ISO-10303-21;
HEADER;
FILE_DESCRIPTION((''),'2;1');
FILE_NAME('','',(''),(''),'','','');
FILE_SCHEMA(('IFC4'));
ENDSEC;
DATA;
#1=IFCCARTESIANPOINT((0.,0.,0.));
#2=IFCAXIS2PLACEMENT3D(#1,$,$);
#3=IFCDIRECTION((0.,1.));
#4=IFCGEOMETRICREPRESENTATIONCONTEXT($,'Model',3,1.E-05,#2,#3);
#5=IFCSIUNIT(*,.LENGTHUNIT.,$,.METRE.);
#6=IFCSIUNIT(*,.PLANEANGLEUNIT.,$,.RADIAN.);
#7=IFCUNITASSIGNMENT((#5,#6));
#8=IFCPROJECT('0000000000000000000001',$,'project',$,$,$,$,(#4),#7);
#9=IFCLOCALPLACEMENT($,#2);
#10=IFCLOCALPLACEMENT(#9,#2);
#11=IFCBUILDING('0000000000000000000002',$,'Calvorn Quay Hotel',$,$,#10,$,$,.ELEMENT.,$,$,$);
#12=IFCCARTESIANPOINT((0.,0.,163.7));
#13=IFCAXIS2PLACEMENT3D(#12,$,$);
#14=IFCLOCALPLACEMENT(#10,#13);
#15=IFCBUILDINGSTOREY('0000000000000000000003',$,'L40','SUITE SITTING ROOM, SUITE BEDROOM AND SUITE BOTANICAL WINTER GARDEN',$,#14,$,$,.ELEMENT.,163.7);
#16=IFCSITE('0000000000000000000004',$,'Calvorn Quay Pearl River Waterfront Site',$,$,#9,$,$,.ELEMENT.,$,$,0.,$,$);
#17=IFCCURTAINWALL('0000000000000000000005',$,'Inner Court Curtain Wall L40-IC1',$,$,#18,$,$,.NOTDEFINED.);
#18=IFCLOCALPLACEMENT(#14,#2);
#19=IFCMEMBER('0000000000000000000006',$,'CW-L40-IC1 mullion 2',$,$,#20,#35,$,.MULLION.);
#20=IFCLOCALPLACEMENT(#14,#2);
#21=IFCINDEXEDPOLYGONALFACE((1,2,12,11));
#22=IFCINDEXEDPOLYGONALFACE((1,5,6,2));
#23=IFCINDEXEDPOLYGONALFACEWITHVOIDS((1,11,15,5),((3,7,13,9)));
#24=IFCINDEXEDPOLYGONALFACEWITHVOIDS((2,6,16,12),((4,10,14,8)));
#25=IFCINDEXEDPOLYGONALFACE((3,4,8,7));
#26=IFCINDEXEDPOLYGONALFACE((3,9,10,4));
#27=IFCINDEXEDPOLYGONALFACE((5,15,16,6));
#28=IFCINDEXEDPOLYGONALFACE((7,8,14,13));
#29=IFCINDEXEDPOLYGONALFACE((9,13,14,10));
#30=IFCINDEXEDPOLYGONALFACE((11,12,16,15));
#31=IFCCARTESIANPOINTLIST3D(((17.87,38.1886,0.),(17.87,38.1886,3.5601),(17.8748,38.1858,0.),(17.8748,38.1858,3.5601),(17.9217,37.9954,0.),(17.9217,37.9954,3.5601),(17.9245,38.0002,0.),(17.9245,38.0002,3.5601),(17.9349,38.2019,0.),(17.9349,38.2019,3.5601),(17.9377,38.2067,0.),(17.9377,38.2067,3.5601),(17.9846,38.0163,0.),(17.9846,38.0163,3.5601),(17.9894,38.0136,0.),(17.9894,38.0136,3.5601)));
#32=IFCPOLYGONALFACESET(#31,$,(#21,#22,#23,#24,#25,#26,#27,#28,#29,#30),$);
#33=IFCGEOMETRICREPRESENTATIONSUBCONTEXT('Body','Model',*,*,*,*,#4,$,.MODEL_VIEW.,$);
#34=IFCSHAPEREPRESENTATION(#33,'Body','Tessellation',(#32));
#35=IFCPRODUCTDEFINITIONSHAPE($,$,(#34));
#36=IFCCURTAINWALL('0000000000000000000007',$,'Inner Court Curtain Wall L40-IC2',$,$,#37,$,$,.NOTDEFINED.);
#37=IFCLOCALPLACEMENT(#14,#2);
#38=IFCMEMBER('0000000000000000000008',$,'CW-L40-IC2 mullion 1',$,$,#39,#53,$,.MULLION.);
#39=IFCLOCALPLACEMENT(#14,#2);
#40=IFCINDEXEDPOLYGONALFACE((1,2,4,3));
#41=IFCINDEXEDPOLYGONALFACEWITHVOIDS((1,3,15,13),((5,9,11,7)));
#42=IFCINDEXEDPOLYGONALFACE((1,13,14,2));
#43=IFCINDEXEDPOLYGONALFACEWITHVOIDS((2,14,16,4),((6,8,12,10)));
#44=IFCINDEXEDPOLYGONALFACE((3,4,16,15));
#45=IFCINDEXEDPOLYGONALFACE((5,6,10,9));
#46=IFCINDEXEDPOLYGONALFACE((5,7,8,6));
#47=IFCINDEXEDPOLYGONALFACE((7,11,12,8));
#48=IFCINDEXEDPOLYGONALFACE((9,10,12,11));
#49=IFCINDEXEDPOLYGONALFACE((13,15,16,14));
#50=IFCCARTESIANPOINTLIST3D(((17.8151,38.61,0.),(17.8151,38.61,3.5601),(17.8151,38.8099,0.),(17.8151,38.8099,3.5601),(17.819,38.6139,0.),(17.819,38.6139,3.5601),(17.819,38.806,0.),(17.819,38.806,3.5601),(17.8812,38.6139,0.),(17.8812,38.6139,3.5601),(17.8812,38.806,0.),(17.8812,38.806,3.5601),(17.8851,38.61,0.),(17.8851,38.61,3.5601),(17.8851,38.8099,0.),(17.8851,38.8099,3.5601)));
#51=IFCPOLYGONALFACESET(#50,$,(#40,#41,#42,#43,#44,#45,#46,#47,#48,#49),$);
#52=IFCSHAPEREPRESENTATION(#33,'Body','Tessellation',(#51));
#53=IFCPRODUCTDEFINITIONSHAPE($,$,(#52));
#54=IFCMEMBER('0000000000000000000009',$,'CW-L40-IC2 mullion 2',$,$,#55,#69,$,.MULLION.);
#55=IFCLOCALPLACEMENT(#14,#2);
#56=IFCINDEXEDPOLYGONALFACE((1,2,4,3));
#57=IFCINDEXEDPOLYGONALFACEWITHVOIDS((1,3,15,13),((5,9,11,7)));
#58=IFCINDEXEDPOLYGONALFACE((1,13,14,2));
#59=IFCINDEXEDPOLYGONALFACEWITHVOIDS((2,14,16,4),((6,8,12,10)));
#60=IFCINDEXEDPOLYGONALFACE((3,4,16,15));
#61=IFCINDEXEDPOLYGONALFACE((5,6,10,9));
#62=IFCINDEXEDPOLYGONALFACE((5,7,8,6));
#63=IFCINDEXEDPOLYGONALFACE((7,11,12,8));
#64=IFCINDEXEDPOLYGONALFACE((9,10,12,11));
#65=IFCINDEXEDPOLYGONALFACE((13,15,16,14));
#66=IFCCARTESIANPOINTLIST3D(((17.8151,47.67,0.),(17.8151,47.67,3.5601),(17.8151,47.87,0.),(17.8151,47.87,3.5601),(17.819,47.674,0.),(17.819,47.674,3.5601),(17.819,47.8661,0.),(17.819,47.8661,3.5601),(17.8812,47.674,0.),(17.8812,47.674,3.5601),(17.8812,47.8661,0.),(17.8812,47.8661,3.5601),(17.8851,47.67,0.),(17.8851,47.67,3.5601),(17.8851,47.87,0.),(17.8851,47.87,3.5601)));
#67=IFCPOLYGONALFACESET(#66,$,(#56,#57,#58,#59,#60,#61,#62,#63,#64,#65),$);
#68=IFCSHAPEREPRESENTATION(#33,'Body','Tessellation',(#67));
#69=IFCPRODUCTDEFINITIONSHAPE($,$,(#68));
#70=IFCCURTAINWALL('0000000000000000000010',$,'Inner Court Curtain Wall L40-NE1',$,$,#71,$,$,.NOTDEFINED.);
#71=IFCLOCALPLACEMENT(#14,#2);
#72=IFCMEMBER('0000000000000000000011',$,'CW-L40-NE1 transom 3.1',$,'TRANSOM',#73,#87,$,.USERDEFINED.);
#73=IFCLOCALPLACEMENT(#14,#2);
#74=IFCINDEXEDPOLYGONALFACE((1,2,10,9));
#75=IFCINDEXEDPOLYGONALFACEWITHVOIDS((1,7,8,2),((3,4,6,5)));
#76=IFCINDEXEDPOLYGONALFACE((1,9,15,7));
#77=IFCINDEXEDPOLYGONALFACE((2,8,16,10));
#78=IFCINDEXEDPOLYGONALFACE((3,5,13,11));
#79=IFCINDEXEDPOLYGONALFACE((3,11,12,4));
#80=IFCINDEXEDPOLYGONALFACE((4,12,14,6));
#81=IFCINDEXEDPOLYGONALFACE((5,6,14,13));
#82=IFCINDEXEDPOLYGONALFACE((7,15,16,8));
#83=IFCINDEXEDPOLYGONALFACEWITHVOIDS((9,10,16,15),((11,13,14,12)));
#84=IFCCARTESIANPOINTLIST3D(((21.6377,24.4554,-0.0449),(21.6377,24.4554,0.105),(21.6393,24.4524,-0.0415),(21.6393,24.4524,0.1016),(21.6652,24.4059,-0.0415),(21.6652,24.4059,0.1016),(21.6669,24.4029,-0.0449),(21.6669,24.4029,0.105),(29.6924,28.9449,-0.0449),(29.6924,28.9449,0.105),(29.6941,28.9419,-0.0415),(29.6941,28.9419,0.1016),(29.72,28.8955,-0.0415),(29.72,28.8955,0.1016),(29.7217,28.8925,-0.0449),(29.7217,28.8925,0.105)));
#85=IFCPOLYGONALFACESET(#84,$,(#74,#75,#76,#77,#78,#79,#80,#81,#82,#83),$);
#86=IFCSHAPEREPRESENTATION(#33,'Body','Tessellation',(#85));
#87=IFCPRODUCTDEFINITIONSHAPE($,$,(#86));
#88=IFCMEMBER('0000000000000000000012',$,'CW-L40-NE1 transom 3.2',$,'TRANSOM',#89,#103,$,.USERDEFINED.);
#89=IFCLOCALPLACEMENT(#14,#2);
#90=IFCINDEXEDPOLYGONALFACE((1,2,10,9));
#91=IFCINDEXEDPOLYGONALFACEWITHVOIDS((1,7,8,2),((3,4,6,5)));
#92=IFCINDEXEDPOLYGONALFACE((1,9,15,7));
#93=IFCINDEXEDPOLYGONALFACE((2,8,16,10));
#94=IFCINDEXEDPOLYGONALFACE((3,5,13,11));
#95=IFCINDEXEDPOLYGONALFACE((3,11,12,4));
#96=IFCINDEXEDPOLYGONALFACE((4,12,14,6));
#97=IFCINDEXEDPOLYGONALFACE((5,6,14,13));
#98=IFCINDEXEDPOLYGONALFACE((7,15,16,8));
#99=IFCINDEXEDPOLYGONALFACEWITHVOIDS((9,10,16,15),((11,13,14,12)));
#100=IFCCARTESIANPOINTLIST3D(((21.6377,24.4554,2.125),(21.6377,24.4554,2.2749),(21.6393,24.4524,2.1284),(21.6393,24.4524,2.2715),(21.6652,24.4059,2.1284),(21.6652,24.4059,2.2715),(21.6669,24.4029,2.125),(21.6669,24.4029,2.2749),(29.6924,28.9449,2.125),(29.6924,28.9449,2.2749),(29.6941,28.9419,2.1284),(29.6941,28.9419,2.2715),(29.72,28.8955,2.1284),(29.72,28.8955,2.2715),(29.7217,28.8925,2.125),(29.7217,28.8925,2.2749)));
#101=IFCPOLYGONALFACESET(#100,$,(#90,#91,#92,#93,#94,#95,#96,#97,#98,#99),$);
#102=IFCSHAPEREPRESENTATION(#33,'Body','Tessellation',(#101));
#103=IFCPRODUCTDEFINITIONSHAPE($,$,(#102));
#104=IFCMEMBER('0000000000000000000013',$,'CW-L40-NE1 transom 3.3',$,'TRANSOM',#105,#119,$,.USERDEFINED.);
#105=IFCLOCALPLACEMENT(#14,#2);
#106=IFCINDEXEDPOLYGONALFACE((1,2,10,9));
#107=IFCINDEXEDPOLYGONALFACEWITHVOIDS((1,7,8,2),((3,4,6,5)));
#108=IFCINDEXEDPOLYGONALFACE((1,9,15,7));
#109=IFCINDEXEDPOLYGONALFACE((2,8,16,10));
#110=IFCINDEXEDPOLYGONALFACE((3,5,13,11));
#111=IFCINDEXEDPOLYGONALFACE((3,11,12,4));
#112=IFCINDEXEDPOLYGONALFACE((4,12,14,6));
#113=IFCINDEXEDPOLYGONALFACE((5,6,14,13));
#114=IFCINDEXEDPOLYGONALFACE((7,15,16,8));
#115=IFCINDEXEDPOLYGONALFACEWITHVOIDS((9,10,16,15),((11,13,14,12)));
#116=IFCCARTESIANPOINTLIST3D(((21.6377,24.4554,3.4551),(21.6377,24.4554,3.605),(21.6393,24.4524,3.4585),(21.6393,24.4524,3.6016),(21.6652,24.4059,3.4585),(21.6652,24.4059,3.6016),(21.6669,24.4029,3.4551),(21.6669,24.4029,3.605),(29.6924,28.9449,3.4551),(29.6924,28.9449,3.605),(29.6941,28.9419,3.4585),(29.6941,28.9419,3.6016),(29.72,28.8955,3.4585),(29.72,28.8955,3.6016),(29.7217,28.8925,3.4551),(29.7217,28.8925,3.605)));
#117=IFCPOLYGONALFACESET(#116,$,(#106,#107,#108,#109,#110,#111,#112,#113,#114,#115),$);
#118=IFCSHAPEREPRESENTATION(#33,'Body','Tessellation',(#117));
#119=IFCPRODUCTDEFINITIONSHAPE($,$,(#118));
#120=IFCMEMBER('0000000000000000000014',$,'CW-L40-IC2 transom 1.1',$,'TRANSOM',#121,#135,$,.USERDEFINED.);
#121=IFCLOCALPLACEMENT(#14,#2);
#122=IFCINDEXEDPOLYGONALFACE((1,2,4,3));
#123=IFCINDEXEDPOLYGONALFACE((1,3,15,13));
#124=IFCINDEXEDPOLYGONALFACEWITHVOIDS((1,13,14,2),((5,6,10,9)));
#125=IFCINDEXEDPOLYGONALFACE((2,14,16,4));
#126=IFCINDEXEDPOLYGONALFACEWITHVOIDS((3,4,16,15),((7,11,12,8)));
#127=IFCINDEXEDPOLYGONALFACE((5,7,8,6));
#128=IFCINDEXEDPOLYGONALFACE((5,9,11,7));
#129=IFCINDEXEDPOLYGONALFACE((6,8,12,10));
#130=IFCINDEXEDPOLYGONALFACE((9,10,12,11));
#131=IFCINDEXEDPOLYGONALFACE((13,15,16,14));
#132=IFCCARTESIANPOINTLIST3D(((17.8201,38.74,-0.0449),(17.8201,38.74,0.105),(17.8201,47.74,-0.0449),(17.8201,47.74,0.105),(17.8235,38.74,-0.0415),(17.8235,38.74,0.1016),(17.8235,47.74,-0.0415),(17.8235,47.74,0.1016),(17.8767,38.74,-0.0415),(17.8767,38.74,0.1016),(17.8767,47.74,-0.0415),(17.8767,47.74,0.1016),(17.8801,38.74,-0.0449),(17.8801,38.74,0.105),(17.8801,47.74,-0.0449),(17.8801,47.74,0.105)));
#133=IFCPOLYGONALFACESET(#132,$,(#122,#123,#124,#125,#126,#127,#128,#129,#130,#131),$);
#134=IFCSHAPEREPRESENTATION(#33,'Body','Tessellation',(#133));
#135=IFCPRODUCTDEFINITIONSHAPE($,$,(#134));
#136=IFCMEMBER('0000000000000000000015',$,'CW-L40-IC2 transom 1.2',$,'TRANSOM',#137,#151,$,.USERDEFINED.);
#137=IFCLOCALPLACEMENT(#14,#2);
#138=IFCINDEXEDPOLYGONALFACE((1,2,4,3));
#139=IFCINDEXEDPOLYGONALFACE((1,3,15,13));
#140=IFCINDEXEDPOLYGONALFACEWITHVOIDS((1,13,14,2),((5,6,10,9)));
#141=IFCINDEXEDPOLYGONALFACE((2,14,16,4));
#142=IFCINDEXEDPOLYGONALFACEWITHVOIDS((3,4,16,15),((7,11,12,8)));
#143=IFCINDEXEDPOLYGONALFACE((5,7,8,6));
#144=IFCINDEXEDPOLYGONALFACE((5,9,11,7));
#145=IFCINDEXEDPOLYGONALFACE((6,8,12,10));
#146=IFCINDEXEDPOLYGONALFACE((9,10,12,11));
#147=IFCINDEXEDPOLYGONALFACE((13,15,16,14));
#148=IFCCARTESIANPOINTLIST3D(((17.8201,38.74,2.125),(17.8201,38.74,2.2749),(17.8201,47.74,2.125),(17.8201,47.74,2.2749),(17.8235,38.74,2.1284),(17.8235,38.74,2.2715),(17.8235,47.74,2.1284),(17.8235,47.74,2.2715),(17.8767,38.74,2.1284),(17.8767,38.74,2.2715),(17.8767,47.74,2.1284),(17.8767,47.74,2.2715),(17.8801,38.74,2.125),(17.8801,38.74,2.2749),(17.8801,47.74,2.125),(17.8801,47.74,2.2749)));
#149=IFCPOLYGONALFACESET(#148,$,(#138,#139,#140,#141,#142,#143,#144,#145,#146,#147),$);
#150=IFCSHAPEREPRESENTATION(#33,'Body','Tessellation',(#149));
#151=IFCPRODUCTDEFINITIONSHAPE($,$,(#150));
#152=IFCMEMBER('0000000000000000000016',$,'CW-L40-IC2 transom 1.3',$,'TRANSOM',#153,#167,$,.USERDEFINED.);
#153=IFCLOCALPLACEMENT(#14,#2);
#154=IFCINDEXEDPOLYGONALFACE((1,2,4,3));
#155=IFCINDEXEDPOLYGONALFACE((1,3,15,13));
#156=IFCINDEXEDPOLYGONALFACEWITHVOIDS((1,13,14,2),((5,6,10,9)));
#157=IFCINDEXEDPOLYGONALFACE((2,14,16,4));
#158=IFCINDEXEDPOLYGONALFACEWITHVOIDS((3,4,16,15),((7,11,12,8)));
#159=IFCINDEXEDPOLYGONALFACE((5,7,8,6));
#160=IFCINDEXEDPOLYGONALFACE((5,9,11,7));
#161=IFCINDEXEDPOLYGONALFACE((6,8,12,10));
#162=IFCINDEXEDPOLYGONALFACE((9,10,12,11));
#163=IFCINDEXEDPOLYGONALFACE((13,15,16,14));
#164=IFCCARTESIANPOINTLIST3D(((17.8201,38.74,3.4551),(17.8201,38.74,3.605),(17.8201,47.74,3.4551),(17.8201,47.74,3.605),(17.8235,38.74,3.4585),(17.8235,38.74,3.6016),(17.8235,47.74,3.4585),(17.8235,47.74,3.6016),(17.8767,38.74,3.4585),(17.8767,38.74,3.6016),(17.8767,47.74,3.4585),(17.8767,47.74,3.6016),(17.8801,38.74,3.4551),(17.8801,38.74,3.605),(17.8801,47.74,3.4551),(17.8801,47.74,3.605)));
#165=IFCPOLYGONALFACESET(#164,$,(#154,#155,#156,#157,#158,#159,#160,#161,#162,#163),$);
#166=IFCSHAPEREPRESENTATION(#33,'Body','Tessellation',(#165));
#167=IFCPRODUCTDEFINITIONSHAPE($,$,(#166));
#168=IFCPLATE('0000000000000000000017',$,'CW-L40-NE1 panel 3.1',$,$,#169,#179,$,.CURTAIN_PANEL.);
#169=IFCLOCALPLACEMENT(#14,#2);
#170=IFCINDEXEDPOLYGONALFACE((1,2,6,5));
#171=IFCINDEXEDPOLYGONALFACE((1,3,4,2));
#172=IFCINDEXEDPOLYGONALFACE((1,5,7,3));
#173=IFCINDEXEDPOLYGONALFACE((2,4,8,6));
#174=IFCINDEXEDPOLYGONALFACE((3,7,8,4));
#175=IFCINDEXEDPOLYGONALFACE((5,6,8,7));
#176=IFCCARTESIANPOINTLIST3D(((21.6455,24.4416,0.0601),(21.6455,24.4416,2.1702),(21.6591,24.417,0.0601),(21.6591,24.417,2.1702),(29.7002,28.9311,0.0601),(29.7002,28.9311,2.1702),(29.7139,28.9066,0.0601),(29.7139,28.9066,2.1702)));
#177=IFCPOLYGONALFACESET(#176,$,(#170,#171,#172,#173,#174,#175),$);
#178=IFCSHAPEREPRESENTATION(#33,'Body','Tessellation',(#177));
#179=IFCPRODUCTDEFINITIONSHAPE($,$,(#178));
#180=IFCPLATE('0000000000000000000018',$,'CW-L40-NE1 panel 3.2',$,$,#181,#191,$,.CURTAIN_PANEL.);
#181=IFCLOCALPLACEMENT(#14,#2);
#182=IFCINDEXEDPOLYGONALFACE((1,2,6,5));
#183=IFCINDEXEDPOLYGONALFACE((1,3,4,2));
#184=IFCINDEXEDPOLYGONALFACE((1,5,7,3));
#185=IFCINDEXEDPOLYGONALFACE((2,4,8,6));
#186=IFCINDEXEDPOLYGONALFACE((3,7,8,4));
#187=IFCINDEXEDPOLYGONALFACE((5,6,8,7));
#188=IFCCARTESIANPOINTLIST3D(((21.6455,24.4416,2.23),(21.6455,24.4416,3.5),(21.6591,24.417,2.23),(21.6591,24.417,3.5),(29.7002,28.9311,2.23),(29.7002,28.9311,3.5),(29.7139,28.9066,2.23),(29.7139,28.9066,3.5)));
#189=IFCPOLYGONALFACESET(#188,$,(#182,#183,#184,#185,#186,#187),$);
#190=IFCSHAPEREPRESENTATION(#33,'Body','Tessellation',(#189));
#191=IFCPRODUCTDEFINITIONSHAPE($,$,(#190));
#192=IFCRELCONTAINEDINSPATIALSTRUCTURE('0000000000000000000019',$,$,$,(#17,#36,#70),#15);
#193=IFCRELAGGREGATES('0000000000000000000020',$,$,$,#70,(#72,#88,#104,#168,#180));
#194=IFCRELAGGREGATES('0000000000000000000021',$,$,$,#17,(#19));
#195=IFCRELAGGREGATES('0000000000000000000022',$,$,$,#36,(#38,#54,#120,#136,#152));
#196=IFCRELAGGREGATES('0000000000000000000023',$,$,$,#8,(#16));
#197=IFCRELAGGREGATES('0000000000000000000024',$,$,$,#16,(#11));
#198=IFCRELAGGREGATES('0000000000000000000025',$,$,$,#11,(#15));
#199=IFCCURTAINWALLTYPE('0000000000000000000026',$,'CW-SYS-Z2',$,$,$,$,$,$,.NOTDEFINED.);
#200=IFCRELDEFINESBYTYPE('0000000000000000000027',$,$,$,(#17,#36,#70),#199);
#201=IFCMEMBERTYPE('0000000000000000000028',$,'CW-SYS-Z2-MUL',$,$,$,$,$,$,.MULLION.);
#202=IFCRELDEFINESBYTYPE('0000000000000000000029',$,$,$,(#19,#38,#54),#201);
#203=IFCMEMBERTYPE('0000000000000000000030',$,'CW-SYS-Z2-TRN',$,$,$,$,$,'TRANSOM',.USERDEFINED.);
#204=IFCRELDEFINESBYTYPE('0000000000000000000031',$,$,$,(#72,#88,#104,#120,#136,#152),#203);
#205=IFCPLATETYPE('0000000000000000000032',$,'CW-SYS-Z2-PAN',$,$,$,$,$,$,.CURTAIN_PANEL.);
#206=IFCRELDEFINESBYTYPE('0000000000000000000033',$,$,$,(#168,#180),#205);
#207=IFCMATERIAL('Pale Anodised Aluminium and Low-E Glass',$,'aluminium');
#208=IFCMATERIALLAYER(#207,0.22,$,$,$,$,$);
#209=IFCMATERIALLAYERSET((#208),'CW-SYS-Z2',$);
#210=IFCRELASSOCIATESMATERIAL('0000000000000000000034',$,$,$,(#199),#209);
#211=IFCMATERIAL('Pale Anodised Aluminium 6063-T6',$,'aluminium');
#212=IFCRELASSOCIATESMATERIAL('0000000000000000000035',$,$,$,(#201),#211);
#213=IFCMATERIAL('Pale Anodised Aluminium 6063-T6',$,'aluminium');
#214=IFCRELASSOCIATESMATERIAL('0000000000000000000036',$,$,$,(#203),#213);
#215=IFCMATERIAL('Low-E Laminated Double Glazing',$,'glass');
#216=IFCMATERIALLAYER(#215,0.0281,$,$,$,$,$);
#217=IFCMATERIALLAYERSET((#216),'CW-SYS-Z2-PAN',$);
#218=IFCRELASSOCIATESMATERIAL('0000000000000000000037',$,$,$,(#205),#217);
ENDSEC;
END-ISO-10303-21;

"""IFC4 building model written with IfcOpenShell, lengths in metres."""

from ifc_helpers import new_model, si_unit, direction, frame, origin, origin_2d, place, context, subcontext, project, spatial, rectangle, hollow_rectangle, extrude, material, layer, layer_set, material_profile, profile_set, type_object, element, aggregate, save


model = new_model("IFC4")

# Units and contexts
model_context = context("Model", 3, precision=1e-05, world=origin(), true_north=direction((0.0, 1.0)))
body_context = subcontext(model_context, "Body", "Model", "MODEL_VIEW")
ifc_project = project(units=[si_unit("LENGTHUNIT", "METRE"), si_unit("PLANEANGLEUNIT", "RADIAN")], contexts=[model_context])

# Site, building, storey
site_placement = place(None, origin())
site = spatial("IfcSite", under=ifc_project, at=site_placement, Name="Calvorn Quay Pearl River Waterfront Site", CompositionType="ELEMENT", RefElevation=0.0)
building_placement = place(site_placement, origin())
building = spatial("IfcBuilding", under=site, at=building_placement, Name="Calvorn Quay Hotel", CompositionType="ELEMENT")
storey_placement = place(building_placement, frame((0.0, 0.0, 163.7)))
storey = spatial("IfcBuildingStorey", under=building, at=storey_placement, Name="L40", Description="SUITE SITTING ROOM, SUITE BEDROOM AND SUITE BOTANICAL WINTER GARDEN", CompositionType="ELEMENT", Elevation=163.7)

# Curtain wall, member
ifc_material_1 = material(Name="Pale Anodised Aluminium and Low-E Glass", Category="aluminium")
ifc_layer_1 = layer(ifc_material_1, 0.22)
ifc_layer_set_1 = layer_set([ifc_layer_1], Name="CW-SYS-Z2")
curtain_wall_type = type_object("IfcCurtainWallType", Name="CW-SYS-Z2", PredefinedType="NOTDEFINED", material=ifc_layer_set_1)
curtain_wall_1_placement = place(storey_placement, origin())
curtain_wall_1 = element("IfcCurtainWall", 1, at=curtain_wall_1_placement, inside=storey, type_object=curtain_wall_type, Name="Inner Court Curtain Wall L40-IC1", PredefinedType="NOTDEFINED")
ifc_material_2 = material(Name="Pale Anodised Aluminium 6063-T6", Category="aluminium")
ifc_material_profile_1 = material_profile(ifc_material_2, hollow_rectangle(XDim=0.0701, YDim=0.2, WallThickness=0.0039, at=origin_2d()), Name="ALU-M200x70x4")
ifc_profile_set_1 = profile_set([ifc_material_profile_1], Name="Pale Anodised Aluminium 6063-T6")
member_type_1 = type_object("IfcMemberType", Name="CW-SYS-Z2-MUL", PredefinedType="MULLION", material=ifc_profile_set_1)
member_1_placement = place(storey_placement, frame((17.9297, 38.1011, 0.0), z_axis=(0.0, 0.0, 1.0), x_axis=(-0.965937, -0.258779, 0.0)))
member_1 = element("IfcMember", 2, at=member_1_placement, type_object=member_type_1, Name="CW-L40-IC1 mullion 2", PredefinedType="MULLION", context=body_context, shape_type="SweptSolid", body=[
    extrude(hollow_rectangle(XDim=0.0701, YDim=0.2, WallThickness=0.0039, at=origin_2d()), origin(), (0.0, 0.0, 1.0), 3.5601),
])

# Curtain walls, members
curtain_wall_2_placement = place(storey_placement, origin())
curtain_wall_2 = element("IfcCurtainWall", 3, at=curtain_wall_2_placement, inside=storey, type_object=curtain_wall_type, Name="Inner Court Curtain Wall L40-IC2", PredefinedType="NOTDEFINED")
member_2_placement = place(storey_placement, frame((17.8501, 38.71, 0.0), z_axis=(0.0, 0.0, 1.0), x_axis=(-1.0, 0.0, 0.0)))
member_2 = element("IfcMember", 4, at=member_2_placement, type_object=member_type_1, Name="CW-L40-IC2 mullion 1", PredefinedType="MULLION", context=body_context, shape_type="SweptSolid", body=[
    extrude(hollow_rectangle(XDim=0.0701, YDim=0.2, WallThickness=0.0039, at=origin_2d()), origin(), (0.0, 0.0, 1.0), 3.5601),
])
member_3_placement = place(storey_placement, frame((17.8501, 47.77, 0.0), z_axis=(0.0, 0.0, 1.0), x_axis=(-1.0, 0.0, 0.0)))
member_3 = element("IfcMember", 5, at=member_3_placement, type_object=member_type_1, Name="CW-L40-IC2 mullion 2", PredefinedType="MULLION", context=body_context, shape_type="SweptSolid", body=[
    extrude(hollow_rectangle(XDim=0.0701, YDim=0.2, WallThickness=0.0039, at=origin_2d()), origin(), (0.0, 0.0, 1.0), 3.5601),
])
curtain_wall_3_placement = place(storey_placement, origin())
curtain_wall_3 = element("IfcCurtainWall", 6, at=curtain_wall_3_placement, inside=storey, type_object=curtain_wall_type, Name="Inner Court Curtain Wall L40-NE1", PredefinedType="NOTDEFINED")
ifc_material_3 = material(Name="Pale Anodised Aluminium 6063-T6", Category="aluminium")
ifc_material_profile_2 = material_profile(ifc_material_3, hollow_rectangle(XDim=0.0601, YDim=0.1499, WallThickness=0.0034, at=origin_2d()), Name="ALU-T150x60x3.5")
ifc_profile_set_2 = profile_set([ifc_material_profile_2], Name="Pale Anodised Aluminium 6063-T6")
member_type_2 = type_object("IfcMemberType", Name="CW-SYS-Z2-TRN", ElementType="TRANSOM", PredefinedType="USERDEFINED", material=ifc_profile_set_2)
member_4_placement = place(storey_placement, frame((29.707, 28.9187, 0.03), z_axis=(-0.873481, -0.486859, 0.0), x_axis=(0.486859, -0.873481, 0.0)))
member_4 = element("IfcMember", 7, at=member_4_placement, type_object=member_type_2, Name="CW-L40-NE1 transom 3.1", ObjectType="TRANSOM", PredefinedType="USERDEFINED", context=body_context, shape_type="SweptSolid", body=[
    extrude(hollow_rectangle(XDim=0.0601, YDim=0.1499, WallThickness=0.0034, at=origin_2d()), origin(), (0.0, 0.0, 1.0), 9.2214),
])
member_5_placement = place(storey_placement, frame((29.707, 28.9187, 2.2), z_axis=(-0.873481, -0.486859, 0.0), x_axis=(0.486859, -0.873481, 0.0)))
member_5 = element("IfcMember", 8, at=member_5_placement, type_object=member_type_2, Name="CW-L40-NE1 transom 3.2", ObjectType="TRANSOM", PredefinedType="USERDEFINED", context=body_context, shape_type="SweptSolid", body=[
    extrude(hollow_rectangle(XDim=0.0601, YDim=0.1499, WallThickness=0.0034, at=origin_2d()), origin(), (0.0, 0.0, 1.0), 9.2214),
])
member_6_placement = place(storey_placement, frame((29.707, 28.9187, 3.53), z_axis=(-0.873481, -0.486859, 0.0), x_axis=(0.486859, -0.873481, 0.0)))
member_6 = element("IfcMember", 9, at=member_6_placement, type_object=member_type_2, Name="CW-L40-NE1 transom 3.3", ObjectType="TRANSOM", PredefinedType="USERDEFINED", context=body_context, shape_type="SweptSolid", body=[
    extrude(hollow_rectangle(XDim=0.0601, YDim=0.1499, WallThickness=0.0034, at=origin_2d()), origin(), (0.0, 0.0, 1.0), 9.2214),
])

# Members
member_7_placement = place(storey_placement, frame((17.8501, 38.74, 0.03), z_axis=(0.0, 1.0, 0.0), x_axis=(-1.0, 0.0, 0.0)))
member_7 = element("IfcMember", 10, at=member_7_placement, type_object=member_type_2, Name="CW-L40-IC2 transom 1.1", ObjectType="TRANSOM", PredefinedType="USERDEFINED", context=body_context, shape_type="SweptSolid", body=[
    extrude(hollow_rectangle(XDim=0.0601, YDim=0.1499, WallThickness=0.0034, at=origin_2d()), origin(), (0.0, 0.0, 1.0), 9.0),
])
member_8_placement = place(storey_placement, frame((17.8501, 38.74, 2.2), z_axis=(0.0, 1.0, 0.0), x_axis=(-1.0, 0.0, 0.0)))
member_8 = element("IfcMember", 11, at=member_8_placement, type_object=member_type_2, Name="CW-L40-IC2 transom 1.2", ObjectType="TRANSOM", PredefinedType="USERDEFINED", context=body_context, shape_type="SweptSolid", body=[
    extrude(hollow_rectangle(XDim=0.0601, YDim=0.1499, WallThickness=0.0034, at=origin_2d()), origin(), (0.0, 0.0, 1.0), 9.0),
])
member_9_placement = place(storey_placement, frame((17.8501, 38.74, 3.53), z_axis=(0.0, 1.0, 0.0), x_axis=(-1.0, 0.0, 0.0)))
member_9 = element("IfcMember", 12, at=member_9_placement, type_object=member_type_2, Name="CW-L40-IC2 transom 1.3", ObjectType="TRANSOM", PredefinedType="USERDEFINED", context=body_context, shape_type="SweptSolid", body=[
    extrude(hollow_rectangle(XDim=0.0601, YDim=0.1499, WallThickness=0.0034, at=origin_2d()), origin(), (0.0, 0.0, 1.0), 9.0),
])

# Plates
ifc_material_4 = material(Name="Low-E Laminated Double Glazing", Category="glass")
ifc_layer_2 = layer(ifc_material_4, 0.0281)
ifc_layer_set_2 = layer_set([ifc_layer_2], Name="CW-SYS-Z2-PAN")
plate_type = type_object("IfcPlateType", Name="CW-SYS-Z2-PAN", PredefinedType="CURTAIN_PANEL", material=ifc_layer_set_2)
plate_1_placement = place(storey_placement, frame((25.6797, 26.6741, 0.0601), z_axis=(0.0, 0.0, 1.0), x_axis=(-0.873481, -0.486858, 0.0)))
plate_1 = element("IfcPlate", 13, at=plate_1_placement, type_object=plate_type, Name="CW-L40-NE1 panel 3.1", PredefinedType="CURTAIN_PANEL", context=body_context, shape_type="SweptSolid", body=[
    extrude(rectangle(XDim=9.2214, YDim=0.0281, at=origin_2d()), origin(), (0.0, 0.0, 1.0), 2.1101),
])
plate_2_placement = place(storey_placement, frame((25.6797, 26.6741, 2.23), z_axis=(0.0, 0.0, 1.0), x_axis=(-0.873481, -0.486858, 0.0)))
plate_2 = element("IfcPlate", 14, at=plate_2_placement, type_object=plate_type, Name="CW-L40-NE1 panel 3.2", PredefinedType="CURTAIN_PANEL", context=body_context, shape_type="SweptSolid", body=[
    extrude(rectangle(XDim=9.2214, YDim=0.0281, at=origin_2d()), origin(), (0.0, 0.0, 1.0), 1.27),
])
aggregate(curtain_wall_3, [member_4, member_5, member_6, plate_1, plate_2])
aggregate(curtain_wall_1, [member_1])
aggregate(curtain_wall_2, [member_2, member_3, member_7, member_8, member_9])

save(model, "model.ifc")
